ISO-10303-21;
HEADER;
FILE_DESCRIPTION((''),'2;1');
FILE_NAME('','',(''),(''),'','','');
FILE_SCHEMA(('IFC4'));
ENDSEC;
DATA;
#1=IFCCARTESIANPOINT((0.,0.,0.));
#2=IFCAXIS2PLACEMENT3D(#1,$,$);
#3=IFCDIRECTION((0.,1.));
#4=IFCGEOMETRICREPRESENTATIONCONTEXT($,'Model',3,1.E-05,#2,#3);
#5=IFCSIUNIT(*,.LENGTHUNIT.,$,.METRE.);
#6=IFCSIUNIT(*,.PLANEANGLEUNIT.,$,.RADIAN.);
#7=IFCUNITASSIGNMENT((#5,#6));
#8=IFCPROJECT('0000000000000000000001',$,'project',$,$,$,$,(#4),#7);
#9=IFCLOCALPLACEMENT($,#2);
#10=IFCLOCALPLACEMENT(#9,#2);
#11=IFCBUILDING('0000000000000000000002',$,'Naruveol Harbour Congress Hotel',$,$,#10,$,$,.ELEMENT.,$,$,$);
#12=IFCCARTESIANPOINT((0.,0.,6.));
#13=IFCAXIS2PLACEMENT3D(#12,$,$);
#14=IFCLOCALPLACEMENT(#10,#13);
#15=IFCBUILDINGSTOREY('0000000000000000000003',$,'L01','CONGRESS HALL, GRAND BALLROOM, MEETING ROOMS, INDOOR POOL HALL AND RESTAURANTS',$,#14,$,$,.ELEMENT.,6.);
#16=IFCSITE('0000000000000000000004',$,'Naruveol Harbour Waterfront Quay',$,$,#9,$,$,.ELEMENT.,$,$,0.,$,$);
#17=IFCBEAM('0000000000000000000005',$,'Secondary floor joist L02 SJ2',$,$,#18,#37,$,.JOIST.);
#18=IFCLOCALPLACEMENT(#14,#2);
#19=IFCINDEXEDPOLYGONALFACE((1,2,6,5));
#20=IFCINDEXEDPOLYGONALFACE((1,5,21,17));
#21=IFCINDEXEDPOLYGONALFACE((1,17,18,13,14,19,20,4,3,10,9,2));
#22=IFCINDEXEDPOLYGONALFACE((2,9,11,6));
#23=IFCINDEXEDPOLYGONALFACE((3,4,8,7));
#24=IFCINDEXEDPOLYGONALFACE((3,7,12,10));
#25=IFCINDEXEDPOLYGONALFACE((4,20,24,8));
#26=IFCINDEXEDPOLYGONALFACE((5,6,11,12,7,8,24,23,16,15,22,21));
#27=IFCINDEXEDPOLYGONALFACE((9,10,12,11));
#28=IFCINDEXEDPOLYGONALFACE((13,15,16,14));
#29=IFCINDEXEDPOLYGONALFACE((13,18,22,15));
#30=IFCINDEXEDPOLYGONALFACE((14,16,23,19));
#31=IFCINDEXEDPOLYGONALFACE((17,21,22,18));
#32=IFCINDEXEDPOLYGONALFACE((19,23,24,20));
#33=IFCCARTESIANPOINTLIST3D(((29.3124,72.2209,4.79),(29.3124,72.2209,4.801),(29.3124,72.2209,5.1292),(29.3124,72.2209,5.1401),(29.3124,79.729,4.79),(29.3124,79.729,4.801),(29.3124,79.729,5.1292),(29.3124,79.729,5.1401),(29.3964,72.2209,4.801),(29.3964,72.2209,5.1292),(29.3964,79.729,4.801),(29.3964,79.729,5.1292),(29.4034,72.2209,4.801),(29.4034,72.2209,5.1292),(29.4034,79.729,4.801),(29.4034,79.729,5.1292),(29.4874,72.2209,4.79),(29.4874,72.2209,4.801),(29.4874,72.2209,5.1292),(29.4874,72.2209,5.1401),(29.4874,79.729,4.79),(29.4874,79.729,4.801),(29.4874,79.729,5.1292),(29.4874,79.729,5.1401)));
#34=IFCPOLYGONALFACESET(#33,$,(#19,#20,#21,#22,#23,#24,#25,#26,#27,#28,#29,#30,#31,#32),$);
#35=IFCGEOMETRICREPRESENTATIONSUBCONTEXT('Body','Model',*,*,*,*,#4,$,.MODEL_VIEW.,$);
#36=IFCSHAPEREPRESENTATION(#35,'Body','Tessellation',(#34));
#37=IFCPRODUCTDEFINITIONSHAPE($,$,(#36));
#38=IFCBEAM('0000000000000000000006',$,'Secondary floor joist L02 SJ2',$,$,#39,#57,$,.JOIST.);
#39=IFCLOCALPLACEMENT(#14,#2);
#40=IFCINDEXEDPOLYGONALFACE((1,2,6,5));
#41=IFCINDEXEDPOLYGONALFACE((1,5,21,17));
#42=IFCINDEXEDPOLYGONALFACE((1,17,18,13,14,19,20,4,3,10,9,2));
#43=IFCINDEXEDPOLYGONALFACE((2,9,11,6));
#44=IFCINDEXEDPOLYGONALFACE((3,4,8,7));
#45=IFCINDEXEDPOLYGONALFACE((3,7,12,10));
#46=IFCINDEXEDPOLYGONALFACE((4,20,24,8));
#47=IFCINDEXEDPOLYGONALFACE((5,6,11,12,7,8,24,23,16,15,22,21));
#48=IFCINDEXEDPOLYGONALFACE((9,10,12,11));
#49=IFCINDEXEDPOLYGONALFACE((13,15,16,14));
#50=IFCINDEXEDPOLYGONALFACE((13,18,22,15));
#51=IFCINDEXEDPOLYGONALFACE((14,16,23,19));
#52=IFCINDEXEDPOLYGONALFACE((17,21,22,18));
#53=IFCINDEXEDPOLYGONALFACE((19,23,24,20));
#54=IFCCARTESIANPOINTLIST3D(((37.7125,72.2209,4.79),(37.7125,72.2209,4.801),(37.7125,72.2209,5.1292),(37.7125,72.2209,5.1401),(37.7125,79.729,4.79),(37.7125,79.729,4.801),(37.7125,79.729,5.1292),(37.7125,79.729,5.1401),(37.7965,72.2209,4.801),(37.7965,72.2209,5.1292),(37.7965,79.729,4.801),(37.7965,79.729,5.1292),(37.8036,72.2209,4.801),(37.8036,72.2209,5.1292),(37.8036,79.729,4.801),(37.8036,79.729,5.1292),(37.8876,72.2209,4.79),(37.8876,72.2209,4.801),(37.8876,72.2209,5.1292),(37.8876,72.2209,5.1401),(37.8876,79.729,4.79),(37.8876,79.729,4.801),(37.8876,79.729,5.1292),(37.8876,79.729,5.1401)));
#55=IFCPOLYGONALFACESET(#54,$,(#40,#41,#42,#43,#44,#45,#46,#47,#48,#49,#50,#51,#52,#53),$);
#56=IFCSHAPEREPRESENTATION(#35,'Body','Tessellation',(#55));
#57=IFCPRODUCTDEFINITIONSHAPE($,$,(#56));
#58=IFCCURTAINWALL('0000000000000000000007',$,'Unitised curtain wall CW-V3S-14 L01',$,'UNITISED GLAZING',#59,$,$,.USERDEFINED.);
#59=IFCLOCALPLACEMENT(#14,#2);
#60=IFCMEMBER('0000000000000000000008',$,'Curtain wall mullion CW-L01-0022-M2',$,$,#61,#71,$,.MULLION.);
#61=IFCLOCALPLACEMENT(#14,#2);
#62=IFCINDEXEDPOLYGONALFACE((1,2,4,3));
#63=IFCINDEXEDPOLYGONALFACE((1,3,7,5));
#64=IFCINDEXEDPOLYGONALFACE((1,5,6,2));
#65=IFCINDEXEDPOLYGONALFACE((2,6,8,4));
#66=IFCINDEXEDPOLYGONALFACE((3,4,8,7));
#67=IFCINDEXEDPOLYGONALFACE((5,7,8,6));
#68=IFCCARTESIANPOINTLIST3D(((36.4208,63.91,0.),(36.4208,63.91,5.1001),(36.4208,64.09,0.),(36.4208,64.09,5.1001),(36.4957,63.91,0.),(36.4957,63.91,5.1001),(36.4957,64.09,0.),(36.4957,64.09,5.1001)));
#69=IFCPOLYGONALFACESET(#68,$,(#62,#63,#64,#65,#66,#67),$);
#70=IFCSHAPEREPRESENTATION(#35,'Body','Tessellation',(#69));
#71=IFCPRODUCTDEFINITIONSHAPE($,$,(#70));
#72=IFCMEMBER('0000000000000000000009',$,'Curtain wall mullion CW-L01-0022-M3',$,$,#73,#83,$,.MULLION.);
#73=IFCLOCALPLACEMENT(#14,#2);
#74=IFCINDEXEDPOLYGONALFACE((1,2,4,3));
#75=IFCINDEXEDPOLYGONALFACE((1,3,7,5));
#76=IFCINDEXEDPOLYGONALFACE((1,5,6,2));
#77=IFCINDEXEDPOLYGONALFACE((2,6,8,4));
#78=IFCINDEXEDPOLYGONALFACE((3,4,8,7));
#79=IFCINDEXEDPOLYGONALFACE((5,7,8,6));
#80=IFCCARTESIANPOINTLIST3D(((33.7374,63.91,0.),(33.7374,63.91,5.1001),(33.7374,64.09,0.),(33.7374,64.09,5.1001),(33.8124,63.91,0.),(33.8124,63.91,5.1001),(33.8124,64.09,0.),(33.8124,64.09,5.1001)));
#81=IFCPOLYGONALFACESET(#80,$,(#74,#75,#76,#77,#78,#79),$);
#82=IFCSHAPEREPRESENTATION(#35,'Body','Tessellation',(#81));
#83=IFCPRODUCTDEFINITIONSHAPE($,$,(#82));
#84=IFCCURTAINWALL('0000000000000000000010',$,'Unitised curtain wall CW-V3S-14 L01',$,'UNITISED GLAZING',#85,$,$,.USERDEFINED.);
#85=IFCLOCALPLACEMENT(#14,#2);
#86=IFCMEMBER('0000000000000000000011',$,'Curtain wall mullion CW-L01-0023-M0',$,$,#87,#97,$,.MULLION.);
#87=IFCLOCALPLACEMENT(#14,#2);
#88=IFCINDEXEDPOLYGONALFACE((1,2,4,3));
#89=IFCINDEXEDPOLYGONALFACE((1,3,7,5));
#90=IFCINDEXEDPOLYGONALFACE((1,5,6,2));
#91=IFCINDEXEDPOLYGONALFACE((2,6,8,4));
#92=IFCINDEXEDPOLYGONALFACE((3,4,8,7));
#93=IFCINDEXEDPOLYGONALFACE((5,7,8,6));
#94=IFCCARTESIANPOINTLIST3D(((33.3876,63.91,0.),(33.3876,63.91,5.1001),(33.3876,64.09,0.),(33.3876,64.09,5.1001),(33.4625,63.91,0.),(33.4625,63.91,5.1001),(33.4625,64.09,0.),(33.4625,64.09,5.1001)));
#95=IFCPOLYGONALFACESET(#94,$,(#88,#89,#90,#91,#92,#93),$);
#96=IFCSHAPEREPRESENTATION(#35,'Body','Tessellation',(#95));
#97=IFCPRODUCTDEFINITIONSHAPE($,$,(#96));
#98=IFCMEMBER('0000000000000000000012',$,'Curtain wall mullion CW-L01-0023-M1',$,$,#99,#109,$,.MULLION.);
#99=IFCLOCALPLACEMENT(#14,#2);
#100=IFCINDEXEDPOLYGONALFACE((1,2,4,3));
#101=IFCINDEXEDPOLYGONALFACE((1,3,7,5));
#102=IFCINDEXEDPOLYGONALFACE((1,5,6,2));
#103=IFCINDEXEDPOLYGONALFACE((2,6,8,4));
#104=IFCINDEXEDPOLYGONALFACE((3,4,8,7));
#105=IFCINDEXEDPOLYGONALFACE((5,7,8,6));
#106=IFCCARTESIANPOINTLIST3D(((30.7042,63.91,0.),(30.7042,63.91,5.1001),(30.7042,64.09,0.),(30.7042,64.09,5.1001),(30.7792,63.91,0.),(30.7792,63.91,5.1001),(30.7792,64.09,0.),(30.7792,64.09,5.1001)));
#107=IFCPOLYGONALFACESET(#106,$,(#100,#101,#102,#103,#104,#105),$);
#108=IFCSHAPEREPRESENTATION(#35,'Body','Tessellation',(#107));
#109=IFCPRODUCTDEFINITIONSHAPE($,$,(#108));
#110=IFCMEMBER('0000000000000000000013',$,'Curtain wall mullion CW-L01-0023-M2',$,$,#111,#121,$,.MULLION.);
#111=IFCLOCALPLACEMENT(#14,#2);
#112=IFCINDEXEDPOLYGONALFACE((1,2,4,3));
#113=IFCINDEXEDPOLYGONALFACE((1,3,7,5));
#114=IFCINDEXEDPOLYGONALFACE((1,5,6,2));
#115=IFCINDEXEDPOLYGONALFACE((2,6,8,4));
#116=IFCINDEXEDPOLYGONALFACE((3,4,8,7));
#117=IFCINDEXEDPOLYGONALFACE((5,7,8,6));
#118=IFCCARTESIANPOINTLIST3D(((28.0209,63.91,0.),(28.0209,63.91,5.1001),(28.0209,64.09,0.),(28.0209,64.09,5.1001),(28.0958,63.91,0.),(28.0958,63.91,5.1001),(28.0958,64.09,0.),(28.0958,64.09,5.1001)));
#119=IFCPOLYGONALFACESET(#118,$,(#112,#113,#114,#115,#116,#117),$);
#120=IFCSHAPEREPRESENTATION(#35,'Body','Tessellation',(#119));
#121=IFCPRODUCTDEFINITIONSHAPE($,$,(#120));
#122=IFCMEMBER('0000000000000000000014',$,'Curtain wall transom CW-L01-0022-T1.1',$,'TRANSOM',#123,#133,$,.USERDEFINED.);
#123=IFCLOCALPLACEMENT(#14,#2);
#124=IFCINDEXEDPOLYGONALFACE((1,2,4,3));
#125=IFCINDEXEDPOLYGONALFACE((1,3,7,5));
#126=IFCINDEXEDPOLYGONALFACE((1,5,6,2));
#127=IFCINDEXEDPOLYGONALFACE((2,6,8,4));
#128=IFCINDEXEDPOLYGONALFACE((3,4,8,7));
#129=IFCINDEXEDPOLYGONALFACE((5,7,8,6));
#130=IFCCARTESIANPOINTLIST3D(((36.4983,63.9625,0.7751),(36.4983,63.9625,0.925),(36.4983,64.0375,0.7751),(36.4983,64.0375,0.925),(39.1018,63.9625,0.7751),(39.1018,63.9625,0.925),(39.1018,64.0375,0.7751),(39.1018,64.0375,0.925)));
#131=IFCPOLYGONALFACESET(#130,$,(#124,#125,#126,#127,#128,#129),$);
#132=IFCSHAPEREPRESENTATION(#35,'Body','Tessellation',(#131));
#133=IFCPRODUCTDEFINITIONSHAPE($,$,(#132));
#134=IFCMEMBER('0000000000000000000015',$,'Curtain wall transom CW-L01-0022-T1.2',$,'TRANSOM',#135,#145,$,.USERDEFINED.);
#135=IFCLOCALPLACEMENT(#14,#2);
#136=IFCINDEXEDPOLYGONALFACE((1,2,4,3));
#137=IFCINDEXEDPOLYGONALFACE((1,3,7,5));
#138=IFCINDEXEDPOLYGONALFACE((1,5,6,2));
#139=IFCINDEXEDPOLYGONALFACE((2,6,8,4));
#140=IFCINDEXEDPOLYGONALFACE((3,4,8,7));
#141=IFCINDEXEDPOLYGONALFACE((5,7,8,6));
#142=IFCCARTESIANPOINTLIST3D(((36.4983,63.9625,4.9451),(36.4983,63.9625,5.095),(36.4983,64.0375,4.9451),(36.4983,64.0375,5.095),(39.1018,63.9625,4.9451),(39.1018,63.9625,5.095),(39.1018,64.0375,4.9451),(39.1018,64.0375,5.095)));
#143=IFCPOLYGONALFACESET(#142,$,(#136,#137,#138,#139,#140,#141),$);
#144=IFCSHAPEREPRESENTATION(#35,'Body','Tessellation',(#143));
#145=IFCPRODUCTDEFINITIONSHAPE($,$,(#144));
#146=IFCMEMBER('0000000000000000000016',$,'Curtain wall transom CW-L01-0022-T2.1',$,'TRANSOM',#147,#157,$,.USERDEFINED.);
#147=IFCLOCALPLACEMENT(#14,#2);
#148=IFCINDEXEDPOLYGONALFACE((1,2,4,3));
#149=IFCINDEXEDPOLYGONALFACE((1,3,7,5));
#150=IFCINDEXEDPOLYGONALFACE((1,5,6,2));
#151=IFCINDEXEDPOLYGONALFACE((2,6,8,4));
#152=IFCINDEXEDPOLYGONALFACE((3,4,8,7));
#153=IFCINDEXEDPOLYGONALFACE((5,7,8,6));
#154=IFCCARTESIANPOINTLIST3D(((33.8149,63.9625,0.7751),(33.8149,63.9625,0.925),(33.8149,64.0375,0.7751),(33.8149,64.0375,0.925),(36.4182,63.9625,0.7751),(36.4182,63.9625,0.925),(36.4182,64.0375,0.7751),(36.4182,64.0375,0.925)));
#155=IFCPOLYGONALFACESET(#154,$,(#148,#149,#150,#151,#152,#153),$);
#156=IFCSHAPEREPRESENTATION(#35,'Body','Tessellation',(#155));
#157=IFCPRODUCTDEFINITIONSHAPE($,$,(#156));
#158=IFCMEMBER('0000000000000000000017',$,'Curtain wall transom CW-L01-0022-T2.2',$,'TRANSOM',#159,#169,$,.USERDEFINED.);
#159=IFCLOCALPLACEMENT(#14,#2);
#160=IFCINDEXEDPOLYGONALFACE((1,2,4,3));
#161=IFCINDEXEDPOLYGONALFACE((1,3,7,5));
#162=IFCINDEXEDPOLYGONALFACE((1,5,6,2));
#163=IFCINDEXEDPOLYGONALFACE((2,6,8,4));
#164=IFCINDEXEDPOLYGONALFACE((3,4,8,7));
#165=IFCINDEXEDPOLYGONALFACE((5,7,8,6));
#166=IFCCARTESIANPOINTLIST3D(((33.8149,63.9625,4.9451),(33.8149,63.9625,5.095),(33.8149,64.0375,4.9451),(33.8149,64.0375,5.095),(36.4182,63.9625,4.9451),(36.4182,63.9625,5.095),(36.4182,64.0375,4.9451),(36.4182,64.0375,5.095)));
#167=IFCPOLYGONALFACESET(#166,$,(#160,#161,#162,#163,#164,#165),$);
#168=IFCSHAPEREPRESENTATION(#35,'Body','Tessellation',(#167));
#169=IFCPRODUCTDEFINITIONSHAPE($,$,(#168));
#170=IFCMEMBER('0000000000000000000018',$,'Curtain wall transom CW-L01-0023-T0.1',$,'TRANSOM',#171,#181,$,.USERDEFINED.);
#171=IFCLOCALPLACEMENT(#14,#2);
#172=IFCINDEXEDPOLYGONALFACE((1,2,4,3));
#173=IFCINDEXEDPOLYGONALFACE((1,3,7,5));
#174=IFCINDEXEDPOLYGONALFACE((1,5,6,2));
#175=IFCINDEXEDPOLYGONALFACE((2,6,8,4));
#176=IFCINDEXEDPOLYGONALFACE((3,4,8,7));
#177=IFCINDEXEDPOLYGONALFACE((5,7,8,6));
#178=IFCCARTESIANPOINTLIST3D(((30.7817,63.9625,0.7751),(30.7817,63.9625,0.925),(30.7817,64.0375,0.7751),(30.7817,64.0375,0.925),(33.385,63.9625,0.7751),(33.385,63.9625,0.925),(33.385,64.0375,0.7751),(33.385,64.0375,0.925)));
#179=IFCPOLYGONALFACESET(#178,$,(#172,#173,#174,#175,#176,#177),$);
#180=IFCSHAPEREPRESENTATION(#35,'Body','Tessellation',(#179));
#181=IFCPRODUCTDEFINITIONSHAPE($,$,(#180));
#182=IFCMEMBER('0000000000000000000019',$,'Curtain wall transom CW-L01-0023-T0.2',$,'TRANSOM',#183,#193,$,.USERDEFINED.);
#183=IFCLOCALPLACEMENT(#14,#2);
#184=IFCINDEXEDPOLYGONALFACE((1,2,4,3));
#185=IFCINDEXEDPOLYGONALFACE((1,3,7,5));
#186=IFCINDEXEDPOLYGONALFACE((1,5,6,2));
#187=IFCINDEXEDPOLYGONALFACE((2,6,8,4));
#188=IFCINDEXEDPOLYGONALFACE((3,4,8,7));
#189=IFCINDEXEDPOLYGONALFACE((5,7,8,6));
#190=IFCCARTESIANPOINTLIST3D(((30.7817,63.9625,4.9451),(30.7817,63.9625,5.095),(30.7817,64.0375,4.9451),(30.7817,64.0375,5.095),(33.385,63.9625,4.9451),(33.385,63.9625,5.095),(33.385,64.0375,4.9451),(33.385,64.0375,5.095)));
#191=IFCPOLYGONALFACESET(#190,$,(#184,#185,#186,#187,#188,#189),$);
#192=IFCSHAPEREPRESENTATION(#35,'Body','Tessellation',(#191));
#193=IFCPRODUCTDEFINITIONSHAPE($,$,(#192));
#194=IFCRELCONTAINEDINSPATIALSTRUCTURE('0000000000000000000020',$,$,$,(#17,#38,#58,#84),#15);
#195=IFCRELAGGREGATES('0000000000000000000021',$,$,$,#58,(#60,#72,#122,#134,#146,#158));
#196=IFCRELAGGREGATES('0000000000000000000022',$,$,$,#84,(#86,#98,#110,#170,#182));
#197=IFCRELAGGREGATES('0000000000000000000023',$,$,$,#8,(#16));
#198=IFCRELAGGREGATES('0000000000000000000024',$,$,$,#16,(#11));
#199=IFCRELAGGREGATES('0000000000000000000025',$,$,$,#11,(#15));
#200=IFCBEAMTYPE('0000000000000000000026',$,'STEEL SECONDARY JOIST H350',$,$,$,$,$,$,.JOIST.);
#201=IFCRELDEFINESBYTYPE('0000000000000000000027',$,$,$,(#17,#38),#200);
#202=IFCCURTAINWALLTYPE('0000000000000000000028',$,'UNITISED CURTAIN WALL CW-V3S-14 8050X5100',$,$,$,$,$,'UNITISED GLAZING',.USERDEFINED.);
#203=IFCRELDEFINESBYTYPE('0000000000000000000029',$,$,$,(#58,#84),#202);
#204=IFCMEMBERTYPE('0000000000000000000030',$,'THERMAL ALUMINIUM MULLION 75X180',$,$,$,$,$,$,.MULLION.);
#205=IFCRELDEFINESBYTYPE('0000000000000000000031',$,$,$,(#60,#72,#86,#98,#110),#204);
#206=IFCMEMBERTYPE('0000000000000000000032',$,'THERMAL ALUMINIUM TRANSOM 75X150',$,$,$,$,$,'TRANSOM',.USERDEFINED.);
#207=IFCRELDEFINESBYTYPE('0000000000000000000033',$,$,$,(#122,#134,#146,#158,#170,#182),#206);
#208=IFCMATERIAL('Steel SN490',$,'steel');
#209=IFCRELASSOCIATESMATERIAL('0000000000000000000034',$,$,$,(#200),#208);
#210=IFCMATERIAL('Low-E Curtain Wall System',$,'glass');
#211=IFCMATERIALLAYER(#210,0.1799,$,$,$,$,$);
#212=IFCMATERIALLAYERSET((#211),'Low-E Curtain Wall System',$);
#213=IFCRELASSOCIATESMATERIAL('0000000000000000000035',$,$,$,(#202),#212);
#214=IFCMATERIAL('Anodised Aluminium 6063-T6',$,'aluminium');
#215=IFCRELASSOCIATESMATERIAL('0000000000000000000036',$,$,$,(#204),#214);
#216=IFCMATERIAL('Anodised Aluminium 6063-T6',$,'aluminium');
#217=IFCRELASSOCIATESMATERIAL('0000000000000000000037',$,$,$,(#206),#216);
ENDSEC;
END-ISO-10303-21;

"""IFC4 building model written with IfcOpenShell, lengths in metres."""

from ifc_helpers import new_model, si_unit, direction, frame, origin, origin_2d, place, context, subcontext, project, spatial, rectangle, i_section, extrude, material, layer, layer_set, material_profile, profile_set, type_object, element, aggregate, save


model = new_model("IFC4")

# Units and contexts
model_context = context("Model", 3, precision=1e-05, world=origin(), true_north=direction((0.0, 1.0)))
body_context = subcontext(model_context, "Body", "Model", "MODEL_VIEW")
ifc_project = project(units=[si_unit("LENGTHUNIT", "METRE"), si_unit("PLANEANGLEUNIT", "RADIAN")], contexts=[model_context])

# Site, building, storey
site_placement = place(None, origin())
site = spatial("IfcSite", under=ifc_project, at=site_placement, Name="Naruveol Harbour Waterfront Quay", CompositionType="ELEMENT", RefElevation=0.0)
building_placement = place(site_placement, origin())
building = spatial("IfcBuilding", under=site, at=building_placement, Name="Naruveol Harbour Congress Hotel", CompositionType="ELEMENT")
storey_placement = place(building_placement, frame((0.0, 0.0, 6.0)))
storey = spatial("IfcBuildingStorey", under=building, at=storey_placement, Name="L01", Description="CONGRESS HALL, GRAND BALLROOM, MEETING ROOMS, INDOOR POOL HALL AND RESTAURANTS", CompositionType="ELEMENT", Elevation=6.0)

# Beams
ifc_material_1 = material(Name="Steel SN490", Category="steel")
ifc_material_profile_1 = material_profile(ifc_material_1, i_section(OverallWidth=0.175, OverallDepth=0.3501, WebThickness=0.0071, FlangeThickness=0.011, at=origin_2d()), Name="H-350x175x7x11")
ifc_profile_set_1 = profile_set([ifc_material_profile_1], Name="Steel SN490")
beam_type_1 = type_object("IfcBeamType", Name="STEEL SECONDARY JOIST H350", PredefinedType="JOIST", material=ifc_profile_set_1)
for number, where, z_axis, x_axis, name in (
    (1, (29.3999, 72.2209, 4.9651), (0.0, 1.0, 0.0), (-1.0, 0.0, 0.0), "Secondary floor joist L02 SJ2"),
    (2, (37.8, 72.2209, 4.9651), (0.0, 1.0, 0.0), (-1.0, 0.0, 0.0), "Secondary floor joist L02 SJ2"),
):
    element("IfcBeam", number, at=place(storey_placement, frame(where, z_axis=z_axis, x_axis=x_axis)), inside=storey, type_object=beam_type_1, Name=name, PredefinedType="JOIST", context=body_context, shape_type="SweptSolid", body=[
        extrude(i_section(OverallWidth=0.175, OverallDepth=0.3501, WebThickness=0.0071, FlangeThickness=0.011, at=origin_2d()), origin(), (0.0, 0.0, 1.0), 7.5081),
    ])

# Curtain walls, members
ifc_material_2 = material(Name="Low-E Curtain Wall System", Category="glass")
ifc_layer_1 = layer(ifc_material_2, 0.1799)
ifc_layer_set_1 = layer_set([ifc_layer_1], Name="Low-E Curtain Wall System")
curtain_wall_type = type_object("IfcCurtainWallType", Name="UNITISED CURTAIN WALL CW-V3S-14 8050X5100", ElementType="UNITISED GLAZING", PredefinedType="USERDEFINED", material=ifc_layer_set_1)
curtain_wall_1_placement = place(storey_placement, origin())
curtain_wall_1 = element("IfcCurtainWall", 3, at=curtain_wall_1_placement, inside=storey, type_object=curtain_wall_type, Name="Unitised curtain wall CW-V3S-14 L01", ObjectType="UNITISED GLAZING", PredefinedType="USERDEFINED")
ifc_material_3 = material(Name="Anodised Aluminium 6063-T6", Category="aluminium")
ifc_material_profile_2 = material_profile(ifc_material_3, rectangle(XDim=0.075, YDim=0.1799, at=origin_2d()), Name="ALU-75x180")
ifc_profile_set_2 = profile_set([ifc_material_profile_2], Name="Anodised Aluminium 6063-T6")
member_type_1 = type_object("IfcMemberType", Name="THERMAL ALUMINIUM MULLION 75X180", PredefinedType="MULLION", material=ifc_profile_set_2)
member_1_placement = place(storey_placement, frame((36.4583, 64.0, 0.0), z_axis=(0.0, 0.0, 1.0), x_axis=(1.0, 0.0, 0.0)))
member_1 = element("IfcMember", 4, at=member_1_placement, type_object=member_type_1, Name="Curtain wall mullion CW-L01-0022-M2", PredefinedType="MULLION", context=body_context, shape_type="SweptSolid", body=[
    extrude(rectangle(XDim=0.075, YDim=0.1799, at=origin_2d()), origin(), (0.0, 0.0, 1.0), 5.1001),
])
member_2_placement = place(storey_placement, frame((33.7749, 64.0, 0.0), z_axis=(0.0, 0.0, 1.0), x_axis=(1.0, 0.0, 0.0)))
member_2 = element("IfcMember", 5, at=member_2_placement, type_object=member_type_1, Name="Curtain wall mullion CW-L01-0022-M3", PredefinedType="MULLION", context=body_context, shape_type="SweptSolid", body=[
    extrude(rectangle(XDim=0.075, YDim=0.1799, at=origin_2d()), origin(), (0.0, 0.0, 1.0), 5.1001),
])
curtain_wall_2_placement = place(storey_placement, origin())
curtain_wall_2 = element("IfcCurtainWall", 6, at=curtain_wall_2_placement, inside=storey, type_object=curtain_wall_type, Name="Unitised curtain wall CW-V3S-14 L01", ObjectType="UNITISED GLAZING", PredefinedType="USERDEFINED")
member_3_placement = place(storey_placement, frame((33.425, 64.0, 0.0), z_axis=(0.0, 0.0, 1.0), x_axis=(1.0, 0.0, 0.0)))
member_3 = element("IfcMember", 7, at=member_3_placement, type_object=member_type_1, Name="Curtain wall mullion CW-L01-0023-M0", PredefinedType="MULLION", context=body_context, shape_type="SweptSolid", body=[
    extrude(rectangle(XDim=0.075, YDim=0.1799, at=origin_2d()), origin(), (0.0, 0.0, 1.0), 5.1001),
])
member_4_placement = place(storey_placement, frame((30.7417, 64.0, 0.0), z_axis=(0.0, 0.0, 1.0), x_axis=(1.0, 0.0, 0.0)))
member_4 = element("IfcMember", 8, at=member_4_placement, type_object=member_type_1, Name="Curtain wall mullion CW-L01-0023-M1", PredefinedType="MULLION", context=body_context, shape_type="SweptSolid", body=[
    extrude(rectangle(XDim=0.075, YDim=0.1799, at=origin_2d()), origin(), (0.0, 0.0, 1.0), 5.1001),
])
member_5_placement = place(storey_placement, frame((28.0583, 64.0, 0.0), z_axis=(0.0, 0.0, 1.0), x_axis=(1.0, 0.0, 0.0)))
member_5 = element("IfcMember", 9, at=member_5_placement, type_object=member_type_1, Name="Curtain wall mullion CW-L01-0023-M2", PredefinedType="MULLION", context=body_context, shape_type="SweptSolid", body=[
    extrude(rectangle(XDim=0.075, YDim=0.1799, at=origin_2d()), origin(), (0.0, 0.0, 1.0), 5.1001),
])

# Members
ifc_material_4 = material(Name="Anodised Aluminium 6063-T6", Category="aluminium")
ifc_material_profile_3 = material_profile(ifc_material_4, rectangle(XDim=0.075, YDim=0.1499, at=origin_2d()), Name="ALU-75x150")
ifc_profile_set_3 = profile_set([ifc_material_profile_3], Name="Anodised Aluminium 6063-T6")
member_type_2 = type_object("IfcMemberType", Name="THERMAL ALUMINIUM TRANSOM 75X150", ElementType="TRANSOM", PredefinedType="USERDEFINED", material=ifc_profile_set_3)
member_6_placement = place(storey_placement, frame((39.1018, 64.0, 0.8501), z_axis=(-1.0, 0.0, 0.0), x_axis=(0.0, -1.0, 0.0)))
member_6 = element("IfcMember", 10, at=member_6_placement, type_object=member_type_2, Name="Curtain wall transom CW-L01-0022-T1.1", ObjectType="TRANSOM", PredefinedType="USERDEFINED", context=body_context, shape_type="SweptSolid", body=[
    extrude(rectangle(XDim=0.075, YDim=0.1499, at=origin_2d()), origin(), (0.0, 0.0, 1.0), 2.6035),
])
member_7_placement = place(storey_placement, frame((39.1018, 64.0, 5.02), z_axis=(-1.0, 0.0, 0.0), x_axis=(0.0, -1.0, 0.0)))
member_7 = element("IfcMember", 11, at=member_7_placement, type_object=member_type_2, Name="Curtain wall transom CW-L01-0022-T1.2", ObjectType="TRANSOM", PredefinedType="USERDEFINED", context=body_context, shape_type="SweptSolid", body=[
    extrude(rectangle(XDim=0.075, YDim=0.1499, at=origin_2d()), origin(), (0.0, 0.0, 1.0), 2.6035),
])
member_8_placement = place(storey_placement, frame((36.4182, 64.0, 0.8501), z_axis=(-1.0, 0.0, 0.0), x_axis=(0.0, -1.0, 0.0)))
member_8 = element("IfcMember", 12, at=member_8_placement, type_object=member_type_2, Name="Curtain wall transom CW-L01-0022-T2.1", ObjectType="TRANSOM", PredefinedType="USERDEFINED", context=body_context, shape_type="SweptSolid", body=[
    extrude(rectangle(XDim=0.075, YDim=0.1499, at=origin_2d()), origin(), (0.0, 0.0, 1.0), 2.6033),
])
member_9_placement = place(storey_placement, frame((36.4182, 64.0, 5.02), z_axis=(-1.0, 0.0, 0.0), x_axis=(0.0, -1.0, 0.0)))
member_9 = element("IfcMember", 13, at=member_9_placement, type_object=member_type_2, Name="Curtain wall transom CW-L01-0022-T2.2", ObjectType="TRANSOM", PredefinedType="USERDEFINED", context=body_context, shape_type="SweptSolid", body=[
    extrude(rectangle(XDim=0.075, YDim=0.1499, at=origin_2d()), origin(), (0.0, 0.0, 1.0), 2.6033),
])
aggregate(curtain_wall_1, [member_1, member_2, member_6, member_7, member_8, member_9])
member_10_placement = place(storey_placement, frame((33.385, 64.0, 0.8501), z_axis=(-1.0, 0.0, 0.0), x_axis=(0.0, -1.0, 0.0)))
member_10 = element("IfcMember", 14, at=member_10_placement, type_object=member_type_2, Name="Curtain wall transom CW-L01-0023-T0.1", ObjectType="TRANSOM", PredefinedType="USERDEFINED", context=body_context, shape_type="SweptSolid", body=[
    extrude(rectangle(XDim=0.075, YDim=0.1499, at=origin_2d()), origin(), (0.0, 0.0, 1.0), 2.6033),
])
member_11_placement = place(storey_placement, frame((33.385, 64.0, 5.02), z_axis=(-1.0, 0.0, 0.0), x_axis=(0.0, -1.0, 0.0)))
member_11 = element("IfcMember", 15, at=member_11_placement, type_object=member_type_2, Name="Curtain wall transom CW-L01-0023-T0.2", ObjectType="TRANSOM", PredefinedType="USERDEFINED", context=body_context, shape_type="SweptSolid", body=[
    extrude(rectangle(XDim=0.075, YDim=0.1499, at=origin_2d()), origin(), (0.0, 0.0, 1.0), 2.6033),
])
aggregate(curtain_wall_2, [member_3, member_4, member_5, member_10, member_11])

save(model, "model.ifc")
